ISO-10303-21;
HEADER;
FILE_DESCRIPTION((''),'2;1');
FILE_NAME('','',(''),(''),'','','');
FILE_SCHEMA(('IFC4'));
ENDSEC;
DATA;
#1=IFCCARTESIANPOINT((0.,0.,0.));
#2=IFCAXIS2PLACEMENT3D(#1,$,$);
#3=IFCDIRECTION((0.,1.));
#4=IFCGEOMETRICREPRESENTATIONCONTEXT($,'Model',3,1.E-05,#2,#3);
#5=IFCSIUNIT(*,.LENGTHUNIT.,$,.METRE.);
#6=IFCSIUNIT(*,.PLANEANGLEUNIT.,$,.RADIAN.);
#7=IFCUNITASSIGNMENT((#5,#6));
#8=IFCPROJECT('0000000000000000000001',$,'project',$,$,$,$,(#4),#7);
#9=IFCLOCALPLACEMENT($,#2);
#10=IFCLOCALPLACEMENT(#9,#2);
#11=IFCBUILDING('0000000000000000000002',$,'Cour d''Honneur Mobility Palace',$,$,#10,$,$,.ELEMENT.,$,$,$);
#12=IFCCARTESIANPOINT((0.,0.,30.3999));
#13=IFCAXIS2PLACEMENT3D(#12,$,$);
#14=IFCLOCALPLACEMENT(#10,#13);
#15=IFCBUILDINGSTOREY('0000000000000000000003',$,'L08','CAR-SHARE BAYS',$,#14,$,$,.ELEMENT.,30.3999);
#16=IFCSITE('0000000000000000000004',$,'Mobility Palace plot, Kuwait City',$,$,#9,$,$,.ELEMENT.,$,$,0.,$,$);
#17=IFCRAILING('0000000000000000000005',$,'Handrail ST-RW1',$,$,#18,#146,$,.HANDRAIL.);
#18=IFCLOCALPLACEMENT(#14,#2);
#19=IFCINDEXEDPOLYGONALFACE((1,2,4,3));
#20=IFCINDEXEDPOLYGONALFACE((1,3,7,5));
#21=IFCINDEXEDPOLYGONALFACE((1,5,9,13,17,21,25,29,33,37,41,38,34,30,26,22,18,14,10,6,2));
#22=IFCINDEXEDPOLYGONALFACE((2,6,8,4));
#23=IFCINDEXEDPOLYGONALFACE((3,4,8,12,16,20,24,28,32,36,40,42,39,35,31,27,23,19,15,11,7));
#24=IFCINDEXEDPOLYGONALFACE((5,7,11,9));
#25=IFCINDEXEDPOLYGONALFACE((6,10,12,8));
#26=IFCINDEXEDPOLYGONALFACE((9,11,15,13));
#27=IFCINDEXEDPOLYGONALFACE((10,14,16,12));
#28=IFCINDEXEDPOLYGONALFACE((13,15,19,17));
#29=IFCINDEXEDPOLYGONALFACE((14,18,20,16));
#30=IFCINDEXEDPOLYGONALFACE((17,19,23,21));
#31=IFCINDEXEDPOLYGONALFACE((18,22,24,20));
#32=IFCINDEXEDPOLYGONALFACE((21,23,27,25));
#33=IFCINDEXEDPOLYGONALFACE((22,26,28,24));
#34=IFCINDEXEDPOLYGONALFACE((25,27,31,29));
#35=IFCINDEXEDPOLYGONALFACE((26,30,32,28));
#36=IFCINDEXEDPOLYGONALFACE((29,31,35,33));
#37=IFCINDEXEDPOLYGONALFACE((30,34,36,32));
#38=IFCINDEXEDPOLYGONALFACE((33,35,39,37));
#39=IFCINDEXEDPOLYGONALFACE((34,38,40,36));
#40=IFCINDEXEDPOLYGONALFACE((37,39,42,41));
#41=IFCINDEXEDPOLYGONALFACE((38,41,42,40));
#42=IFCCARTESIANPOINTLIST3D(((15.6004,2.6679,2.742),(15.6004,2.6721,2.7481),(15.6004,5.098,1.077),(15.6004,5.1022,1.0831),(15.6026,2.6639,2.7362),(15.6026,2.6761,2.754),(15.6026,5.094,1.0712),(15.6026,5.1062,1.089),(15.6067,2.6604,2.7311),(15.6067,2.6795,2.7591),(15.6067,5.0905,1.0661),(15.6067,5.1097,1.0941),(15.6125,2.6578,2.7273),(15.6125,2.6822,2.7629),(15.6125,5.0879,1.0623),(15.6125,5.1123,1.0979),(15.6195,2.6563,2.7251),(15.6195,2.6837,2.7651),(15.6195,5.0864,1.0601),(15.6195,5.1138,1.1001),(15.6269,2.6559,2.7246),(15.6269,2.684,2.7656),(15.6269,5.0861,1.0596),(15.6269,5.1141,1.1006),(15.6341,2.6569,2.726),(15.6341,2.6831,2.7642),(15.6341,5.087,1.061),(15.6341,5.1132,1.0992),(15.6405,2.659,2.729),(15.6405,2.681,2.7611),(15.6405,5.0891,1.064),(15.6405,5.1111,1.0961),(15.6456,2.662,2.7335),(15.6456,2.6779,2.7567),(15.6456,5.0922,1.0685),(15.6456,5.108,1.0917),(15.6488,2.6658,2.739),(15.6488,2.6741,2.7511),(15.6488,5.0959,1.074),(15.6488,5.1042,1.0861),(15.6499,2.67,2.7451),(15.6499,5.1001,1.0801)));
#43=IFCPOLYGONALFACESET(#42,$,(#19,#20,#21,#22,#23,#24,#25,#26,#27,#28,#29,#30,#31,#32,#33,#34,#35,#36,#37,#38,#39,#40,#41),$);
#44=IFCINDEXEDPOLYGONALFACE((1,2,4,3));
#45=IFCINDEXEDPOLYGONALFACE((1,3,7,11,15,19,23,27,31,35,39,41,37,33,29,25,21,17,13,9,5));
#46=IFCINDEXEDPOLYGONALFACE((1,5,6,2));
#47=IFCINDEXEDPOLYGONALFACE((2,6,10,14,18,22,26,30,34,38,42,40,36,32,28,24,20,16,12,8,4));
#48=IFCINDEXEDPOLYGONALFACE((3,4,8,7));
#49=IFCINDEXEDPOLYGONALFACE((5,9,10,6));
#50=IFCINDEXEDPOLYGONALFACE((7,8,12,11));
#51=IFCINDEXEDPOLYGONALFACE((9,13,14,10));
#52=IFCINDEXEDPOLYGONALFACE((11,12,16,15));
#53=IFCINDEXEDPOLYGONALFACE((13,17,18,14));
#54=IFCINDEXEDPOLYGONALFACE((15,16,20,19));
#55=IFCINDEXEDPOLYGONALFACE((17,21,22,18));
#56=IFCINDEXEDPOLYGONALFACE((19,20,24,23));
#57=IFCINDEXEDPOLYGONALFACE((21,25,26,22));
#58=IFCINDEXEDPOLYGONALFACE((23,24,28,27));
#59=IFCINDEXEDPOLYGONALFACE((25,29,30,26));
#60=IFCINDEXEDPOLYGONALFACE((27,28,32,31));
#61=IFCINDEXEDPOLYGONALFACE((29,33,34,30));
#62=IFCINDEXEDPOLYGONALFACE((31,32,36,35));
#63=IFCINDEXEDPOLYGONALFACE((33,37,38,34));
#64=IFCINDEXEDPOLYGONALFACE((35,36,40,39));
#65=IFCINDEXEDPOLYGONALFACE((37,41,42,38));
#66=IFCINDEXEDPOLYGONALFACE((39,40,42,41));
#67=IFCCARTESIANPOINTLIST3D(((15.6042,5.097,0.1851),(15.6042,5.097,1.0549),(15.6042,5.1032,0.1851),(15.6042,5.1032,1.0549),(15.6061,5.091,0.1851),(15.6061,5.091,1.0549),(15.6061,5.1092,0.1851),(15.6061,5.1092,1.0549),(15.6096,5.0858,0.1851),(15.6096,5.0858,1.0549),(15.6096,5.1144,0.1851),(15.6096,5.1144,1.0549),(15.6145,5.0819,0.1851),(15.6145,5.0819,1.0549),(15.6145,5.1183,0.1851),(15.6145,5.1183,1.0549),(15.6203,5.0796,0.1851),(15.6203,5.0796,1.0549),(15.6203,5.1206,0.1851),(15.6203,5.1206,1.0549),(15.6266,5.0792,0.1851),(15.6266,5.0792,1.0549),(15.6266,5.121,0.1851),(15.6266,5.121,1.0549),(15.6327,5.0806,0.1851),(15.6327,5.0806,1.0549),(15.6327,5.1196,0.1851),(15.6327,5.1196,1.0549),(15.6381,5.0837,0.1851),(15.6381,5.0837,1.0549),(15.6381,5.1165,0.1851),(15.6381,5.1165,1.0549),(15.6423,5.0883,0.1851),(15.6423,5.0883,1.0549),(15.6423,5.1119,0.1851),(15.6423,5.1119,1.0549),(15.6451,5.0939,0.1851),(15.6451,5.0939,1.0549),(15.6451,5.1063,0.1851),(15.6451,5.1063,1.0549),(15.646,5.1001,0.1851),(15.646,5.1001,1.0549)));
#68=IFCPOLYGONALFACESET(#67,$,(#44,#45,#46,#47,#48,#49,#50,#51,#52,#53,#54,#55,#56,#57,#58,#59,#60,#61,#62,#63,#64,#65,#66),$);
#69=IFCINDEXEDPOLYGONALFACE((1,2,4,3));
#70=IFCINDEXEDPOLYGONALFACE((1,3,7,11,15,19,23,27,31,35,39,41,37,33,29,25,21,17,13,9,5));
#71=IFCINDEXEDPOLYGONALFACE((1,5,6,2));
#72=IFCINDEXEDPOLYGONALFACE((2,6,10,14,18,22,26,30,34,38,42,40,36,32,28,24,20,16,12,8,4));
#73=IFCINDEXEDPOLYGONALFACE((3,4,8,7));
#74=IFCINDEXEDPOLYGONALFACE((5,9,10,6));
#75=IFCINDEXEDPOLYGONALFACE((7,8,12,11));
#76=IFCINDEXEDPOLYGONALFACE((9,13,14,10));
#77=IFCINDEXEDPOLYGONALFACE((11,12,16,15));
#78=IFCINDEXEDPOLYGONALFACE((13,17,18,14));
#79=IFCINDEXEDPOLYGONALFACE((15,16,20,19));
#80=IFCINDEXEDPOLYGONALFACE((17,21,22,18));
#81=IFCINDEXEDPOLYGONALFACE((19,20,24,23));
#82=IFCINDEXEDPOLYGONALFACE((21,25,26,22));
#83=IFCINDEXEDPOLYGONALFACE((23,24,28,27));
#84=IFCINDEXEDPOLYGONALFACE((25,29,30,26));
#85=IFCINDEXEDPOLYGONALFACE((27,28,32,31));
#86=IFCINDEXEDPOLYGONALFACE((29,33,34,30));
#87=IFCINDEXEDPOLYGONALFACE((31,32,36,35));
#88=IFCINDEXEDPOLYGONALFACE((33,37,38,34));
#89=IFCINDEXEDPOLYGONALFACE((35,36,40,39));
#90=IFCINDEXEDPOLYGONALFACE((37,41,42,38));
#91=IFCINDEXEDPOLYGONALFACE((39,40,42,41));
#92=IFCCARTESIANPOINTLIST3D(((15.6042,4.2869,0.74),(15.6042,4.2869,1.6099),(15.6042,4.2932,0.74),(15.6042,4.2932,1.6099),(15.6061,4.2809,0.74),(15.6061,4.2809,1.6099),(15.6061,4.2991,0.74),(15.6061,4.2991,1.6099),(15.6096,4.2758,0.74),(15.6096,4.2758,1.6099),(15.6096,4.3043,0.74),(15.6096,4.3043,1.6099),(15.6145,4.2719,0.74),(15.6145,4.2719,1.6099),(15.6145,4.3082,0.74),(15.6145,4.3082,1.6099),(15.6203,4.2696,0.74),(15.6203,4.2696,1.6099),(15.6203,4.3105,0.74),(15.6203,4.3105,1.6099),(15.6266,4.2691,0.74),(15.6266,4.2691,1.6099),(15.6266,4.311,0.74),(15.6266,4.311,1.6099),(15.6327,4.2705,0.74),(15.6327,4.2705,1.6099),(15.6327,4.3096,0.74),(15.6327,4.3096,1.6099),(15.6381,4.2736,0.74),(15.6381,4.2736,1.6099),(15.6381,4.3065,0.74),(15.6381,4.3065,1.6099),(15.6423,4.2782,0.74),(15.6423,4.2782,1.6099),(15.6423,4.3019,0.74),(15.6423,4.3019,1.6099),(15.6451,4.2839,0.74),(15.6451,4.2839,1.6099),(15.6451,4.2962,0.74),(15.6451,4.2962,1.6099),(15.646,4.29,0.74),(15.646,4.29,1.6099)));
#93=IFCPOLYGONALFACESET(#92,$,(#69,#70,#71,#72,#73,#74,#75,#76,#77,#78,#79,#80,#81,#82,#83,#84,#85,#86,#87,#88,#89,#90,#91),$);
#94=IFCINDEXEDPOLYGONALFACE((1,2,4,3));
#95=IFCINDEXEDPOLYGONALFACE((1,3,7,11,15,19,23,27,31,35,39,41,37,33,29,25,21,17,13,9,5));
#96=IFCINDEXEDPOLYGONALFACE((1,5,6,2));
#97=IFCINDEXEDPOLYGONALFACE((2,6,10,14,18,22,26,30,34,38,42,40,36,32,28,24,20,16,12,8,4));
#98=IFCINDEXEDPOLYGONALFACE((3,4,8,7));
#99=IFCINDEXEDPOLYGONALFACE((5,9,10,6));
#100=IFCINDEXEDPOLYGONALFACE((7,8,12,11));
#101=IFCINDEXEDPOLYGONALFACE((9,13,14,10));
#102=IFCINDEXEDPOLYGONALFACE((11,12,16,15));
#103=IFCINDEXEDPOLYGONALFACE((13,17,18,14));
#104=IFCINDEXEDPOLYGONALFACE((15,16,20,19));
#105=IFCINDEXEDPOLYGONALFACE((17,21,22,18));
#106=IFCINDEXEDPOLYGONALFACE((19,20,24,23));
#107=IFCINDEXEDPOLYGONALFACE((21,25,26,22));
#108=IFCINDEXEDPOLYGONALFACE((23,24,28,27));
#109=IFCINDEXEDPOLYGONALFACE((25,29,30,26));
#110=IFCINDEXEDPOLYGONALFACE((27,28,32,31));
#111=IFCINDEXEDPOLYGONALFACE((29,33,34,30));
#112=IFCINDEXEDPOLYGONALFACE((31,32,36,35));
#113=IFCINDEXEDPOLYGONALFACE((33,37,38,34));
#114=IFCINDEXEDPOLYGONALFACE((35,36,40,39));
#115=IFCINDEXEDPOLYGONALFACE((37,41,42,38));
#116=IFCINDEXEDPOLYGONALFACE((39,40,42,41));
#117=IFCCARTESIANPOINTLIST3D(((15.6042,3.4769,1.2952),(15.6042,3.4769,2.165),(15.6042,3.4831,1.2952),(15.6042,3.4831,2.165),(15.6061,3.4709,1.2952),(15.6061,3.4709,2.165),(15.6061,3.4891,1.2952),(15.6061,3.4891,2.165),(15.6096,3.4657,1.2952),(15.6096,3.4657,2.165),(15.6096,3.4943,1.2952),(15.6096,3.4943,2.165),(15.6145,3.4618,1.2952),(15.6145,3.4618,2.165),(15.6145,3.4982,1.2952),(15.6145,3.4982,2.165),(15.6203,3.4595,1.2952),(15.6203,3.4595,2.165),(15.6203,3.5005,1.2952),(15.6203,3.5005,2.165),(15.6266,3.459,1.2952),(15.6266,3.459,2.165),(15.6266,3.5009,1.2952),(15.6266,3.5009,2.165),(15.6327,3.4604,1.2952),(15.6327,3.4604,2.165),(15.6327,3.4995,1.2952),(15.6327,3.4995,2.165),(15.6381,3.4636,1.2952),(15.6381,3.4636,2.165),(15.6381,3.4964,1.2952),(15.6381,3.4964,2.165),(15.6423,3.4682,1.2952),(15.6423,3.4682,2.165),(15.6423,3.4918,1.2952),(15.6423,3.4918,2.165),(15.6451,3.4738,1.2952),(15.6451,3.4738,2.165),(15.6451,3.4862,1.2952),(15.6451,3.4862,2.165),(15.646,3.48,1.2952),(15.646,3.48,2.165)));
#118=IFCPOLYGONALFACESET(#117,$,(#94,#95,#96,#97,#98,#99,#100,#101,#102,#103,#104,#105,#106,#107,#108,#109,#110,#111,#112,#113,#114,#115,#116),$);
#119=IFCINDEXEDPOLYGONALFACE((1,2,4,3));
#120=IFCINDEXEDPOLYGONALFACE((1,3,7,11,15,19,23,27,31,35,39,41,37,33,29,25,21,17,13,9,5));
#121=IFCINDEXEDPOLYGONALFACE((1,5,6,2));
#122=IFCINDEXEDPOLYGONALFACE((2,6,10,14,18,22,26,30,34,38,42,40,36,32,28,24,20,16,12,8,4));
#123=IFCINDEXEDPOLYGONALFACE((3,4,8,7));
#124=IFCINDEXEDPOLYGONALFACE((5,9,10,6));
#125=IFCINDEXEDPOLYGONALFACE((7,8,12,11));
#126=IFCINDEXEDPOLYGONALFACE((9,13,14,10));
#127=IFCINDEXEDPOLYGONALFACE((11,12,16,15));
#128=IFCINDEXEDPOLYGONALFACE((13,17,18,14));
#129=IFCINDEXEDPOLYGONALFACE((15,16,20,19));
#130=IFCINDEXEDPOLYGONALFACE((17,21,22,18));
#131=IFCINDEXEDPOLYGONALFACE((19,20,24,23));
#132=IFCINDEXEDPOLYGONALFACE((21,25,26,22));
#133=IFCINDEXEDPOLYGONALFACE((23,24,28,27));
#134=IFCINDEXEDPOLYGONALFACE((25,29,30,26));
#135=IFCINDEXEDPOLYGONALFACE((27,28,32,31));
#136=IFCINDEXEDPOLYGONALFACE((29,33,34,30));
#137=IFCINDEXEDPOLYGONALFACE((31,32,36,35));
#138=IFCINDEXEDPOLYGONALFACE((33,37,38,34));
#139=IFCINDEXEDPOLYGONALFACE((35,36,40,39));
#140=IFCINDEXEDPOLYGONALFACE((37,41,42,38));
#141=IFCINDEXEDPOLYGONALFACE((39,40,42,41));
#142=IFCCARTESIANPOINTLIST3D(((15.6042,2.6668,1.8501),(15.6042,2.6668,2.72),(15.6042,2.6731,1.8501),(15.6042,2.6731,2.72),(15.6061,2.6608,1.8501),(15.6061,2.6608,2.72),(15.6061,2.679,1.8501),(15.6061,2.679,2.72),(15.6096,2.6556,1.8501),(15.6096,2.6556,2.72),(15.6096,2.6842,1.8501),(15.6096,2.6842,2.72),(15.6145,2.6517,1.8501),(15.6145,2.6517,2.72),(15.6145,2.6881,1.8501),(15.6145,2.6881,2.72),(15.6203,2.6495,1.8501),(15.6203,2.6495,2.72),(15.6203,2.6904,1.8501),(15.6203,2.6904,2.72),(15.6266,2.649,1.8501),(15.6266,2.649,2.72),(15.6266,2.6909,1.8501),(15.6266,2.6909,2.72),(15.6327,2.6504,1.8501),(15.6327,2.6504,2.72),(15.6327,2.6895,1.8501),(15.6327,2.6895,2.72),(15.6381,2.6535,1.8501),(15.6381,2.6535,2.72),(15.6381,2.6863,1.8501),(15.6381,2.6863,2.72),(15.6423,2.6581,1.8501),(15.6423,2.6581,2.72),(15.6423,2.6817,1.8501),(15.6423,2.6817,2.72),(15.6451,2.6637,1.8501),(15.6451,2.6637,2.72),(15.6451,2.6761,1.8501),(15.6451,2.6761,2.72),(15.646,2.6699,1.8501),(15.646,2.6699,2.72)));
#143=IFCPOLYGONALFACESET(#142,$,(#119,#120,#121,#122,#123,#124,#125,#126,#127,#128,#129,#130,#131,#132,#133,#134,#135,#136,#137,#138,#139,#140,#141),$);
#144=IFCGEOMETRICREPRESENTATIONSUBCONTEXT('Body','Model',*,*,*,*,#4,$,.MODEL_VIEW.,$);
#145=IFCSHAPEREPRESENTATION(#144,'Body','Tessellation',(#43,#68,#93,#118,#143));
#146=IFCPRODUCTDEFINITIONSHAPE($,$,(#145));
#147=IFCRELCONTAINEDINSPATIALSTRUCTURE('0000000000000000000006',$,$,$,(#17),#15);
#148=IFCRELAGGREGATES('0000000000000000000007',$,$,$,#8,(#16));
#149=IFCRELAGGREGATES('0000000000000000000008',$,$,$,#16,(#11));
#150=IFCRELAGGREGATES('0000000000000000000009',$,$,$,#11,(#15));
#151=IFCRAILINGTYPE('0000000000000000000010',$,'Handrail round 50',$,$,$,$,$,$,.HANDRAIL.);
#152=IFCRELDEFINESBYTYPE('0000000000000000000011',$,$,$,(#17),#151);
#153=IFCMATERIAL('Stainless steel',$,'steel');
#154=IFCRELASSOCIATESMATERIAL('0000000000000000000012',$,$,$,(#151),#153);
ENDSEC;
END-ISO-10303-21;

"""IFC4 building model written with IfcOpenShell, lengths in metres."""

from ifc_helpers import new_model, si_unit, direction, frame, origin, origin_2d, place, context, subcontext, project, spatial, circle, extrude, material, type_object, element, save


model = new_model("IFC4")

# Units and contexts
model_context = context("Model", 3, precision=1e-05, world=origin(), true_north=direction((0.0, 1.0)))
body_context = subcontext(model_context, "Body", "Model", "MODEL_VIEW")
ifc_project = project(units=[si_unit("LENGTHUNIT", "METRE"), si_unit("PLANEANGLEUNIT", "RADIAN")], contexts=[model_context])

# Site, building, storey
site_placement = place(None, origin())
site = spatial("IfcSite", under=ifc_project, at=site_placement, Name="Mobility Palace plot, Kuwait City", CompositionType="ELEMENT", RefElevation=0.0)
building_placement = place(site_placement, origin())
building = spatial("IfcBuilding", under=site, at=building_placement, Name="Cour d'Honneur Mobility Palace", CompositionType="ELEMENT")
storey_placement = place(building_placement, frame((0.0, 0.0, 30.3999)))
storey = spatial("IfcBuildingStorey", under=building, at=storey_placement, Name="L08", Description="CAR-SHARE BAYS", CompositionType="ELEMENT", Elevation=30.3999)

# Railing
ifc_material_1 = material(Name="Stainless steel", Category="steel")
railing_type_1 = type_object("IfcRailingType", Name="Handrail round 50", PredefinedType="HANDRAIL", material=ifc_material_1)
railing_1_placement = place(storey_placement, frame((15.625, 5.1001, 0.1851)))
element("IfcRailing", 1, at=railing_1_placement, inside=storey, type_object=railing_type_1, Name="Handrail ST-RW1", PredefinedType="HANDRAIL", context=body_context, shape_type="SweptSolid", body=[
    extrude(circle(Radius=0.0249, at=origin_2d()), frame((0.0, 0.0, 0.895), z_axis=(0.0, -0.824945, 0.565213), x_axis=(1.0, 0.0, 0.0)), (0.0, 0.0, 1.0), 2.9458),
    extrude(circle(Radius=0.021, at=origin_2d()), origin(), (0.0, 0.0, 1.0), 0.8699),
    extrude(circle(Radius=0.021, at=origin_2d()), frame((0.0, -0.8101, 0.5549)), (0.0, 0.0, 1.0), 0.8699),
    extrude(circle(Radius=0.021, at=origin_2d()), frame((0.0, -1.6201, 1.1101)), (0.0, 0.0, 1.0), 0.8699),
    extrude(circle(Radius=0.021, at=origin_2d()), frame((0.0, -2.4302, 1.665)), (0.0, 0.0, 1.0), 0.8699),
])

save(model, "model.ifc")
